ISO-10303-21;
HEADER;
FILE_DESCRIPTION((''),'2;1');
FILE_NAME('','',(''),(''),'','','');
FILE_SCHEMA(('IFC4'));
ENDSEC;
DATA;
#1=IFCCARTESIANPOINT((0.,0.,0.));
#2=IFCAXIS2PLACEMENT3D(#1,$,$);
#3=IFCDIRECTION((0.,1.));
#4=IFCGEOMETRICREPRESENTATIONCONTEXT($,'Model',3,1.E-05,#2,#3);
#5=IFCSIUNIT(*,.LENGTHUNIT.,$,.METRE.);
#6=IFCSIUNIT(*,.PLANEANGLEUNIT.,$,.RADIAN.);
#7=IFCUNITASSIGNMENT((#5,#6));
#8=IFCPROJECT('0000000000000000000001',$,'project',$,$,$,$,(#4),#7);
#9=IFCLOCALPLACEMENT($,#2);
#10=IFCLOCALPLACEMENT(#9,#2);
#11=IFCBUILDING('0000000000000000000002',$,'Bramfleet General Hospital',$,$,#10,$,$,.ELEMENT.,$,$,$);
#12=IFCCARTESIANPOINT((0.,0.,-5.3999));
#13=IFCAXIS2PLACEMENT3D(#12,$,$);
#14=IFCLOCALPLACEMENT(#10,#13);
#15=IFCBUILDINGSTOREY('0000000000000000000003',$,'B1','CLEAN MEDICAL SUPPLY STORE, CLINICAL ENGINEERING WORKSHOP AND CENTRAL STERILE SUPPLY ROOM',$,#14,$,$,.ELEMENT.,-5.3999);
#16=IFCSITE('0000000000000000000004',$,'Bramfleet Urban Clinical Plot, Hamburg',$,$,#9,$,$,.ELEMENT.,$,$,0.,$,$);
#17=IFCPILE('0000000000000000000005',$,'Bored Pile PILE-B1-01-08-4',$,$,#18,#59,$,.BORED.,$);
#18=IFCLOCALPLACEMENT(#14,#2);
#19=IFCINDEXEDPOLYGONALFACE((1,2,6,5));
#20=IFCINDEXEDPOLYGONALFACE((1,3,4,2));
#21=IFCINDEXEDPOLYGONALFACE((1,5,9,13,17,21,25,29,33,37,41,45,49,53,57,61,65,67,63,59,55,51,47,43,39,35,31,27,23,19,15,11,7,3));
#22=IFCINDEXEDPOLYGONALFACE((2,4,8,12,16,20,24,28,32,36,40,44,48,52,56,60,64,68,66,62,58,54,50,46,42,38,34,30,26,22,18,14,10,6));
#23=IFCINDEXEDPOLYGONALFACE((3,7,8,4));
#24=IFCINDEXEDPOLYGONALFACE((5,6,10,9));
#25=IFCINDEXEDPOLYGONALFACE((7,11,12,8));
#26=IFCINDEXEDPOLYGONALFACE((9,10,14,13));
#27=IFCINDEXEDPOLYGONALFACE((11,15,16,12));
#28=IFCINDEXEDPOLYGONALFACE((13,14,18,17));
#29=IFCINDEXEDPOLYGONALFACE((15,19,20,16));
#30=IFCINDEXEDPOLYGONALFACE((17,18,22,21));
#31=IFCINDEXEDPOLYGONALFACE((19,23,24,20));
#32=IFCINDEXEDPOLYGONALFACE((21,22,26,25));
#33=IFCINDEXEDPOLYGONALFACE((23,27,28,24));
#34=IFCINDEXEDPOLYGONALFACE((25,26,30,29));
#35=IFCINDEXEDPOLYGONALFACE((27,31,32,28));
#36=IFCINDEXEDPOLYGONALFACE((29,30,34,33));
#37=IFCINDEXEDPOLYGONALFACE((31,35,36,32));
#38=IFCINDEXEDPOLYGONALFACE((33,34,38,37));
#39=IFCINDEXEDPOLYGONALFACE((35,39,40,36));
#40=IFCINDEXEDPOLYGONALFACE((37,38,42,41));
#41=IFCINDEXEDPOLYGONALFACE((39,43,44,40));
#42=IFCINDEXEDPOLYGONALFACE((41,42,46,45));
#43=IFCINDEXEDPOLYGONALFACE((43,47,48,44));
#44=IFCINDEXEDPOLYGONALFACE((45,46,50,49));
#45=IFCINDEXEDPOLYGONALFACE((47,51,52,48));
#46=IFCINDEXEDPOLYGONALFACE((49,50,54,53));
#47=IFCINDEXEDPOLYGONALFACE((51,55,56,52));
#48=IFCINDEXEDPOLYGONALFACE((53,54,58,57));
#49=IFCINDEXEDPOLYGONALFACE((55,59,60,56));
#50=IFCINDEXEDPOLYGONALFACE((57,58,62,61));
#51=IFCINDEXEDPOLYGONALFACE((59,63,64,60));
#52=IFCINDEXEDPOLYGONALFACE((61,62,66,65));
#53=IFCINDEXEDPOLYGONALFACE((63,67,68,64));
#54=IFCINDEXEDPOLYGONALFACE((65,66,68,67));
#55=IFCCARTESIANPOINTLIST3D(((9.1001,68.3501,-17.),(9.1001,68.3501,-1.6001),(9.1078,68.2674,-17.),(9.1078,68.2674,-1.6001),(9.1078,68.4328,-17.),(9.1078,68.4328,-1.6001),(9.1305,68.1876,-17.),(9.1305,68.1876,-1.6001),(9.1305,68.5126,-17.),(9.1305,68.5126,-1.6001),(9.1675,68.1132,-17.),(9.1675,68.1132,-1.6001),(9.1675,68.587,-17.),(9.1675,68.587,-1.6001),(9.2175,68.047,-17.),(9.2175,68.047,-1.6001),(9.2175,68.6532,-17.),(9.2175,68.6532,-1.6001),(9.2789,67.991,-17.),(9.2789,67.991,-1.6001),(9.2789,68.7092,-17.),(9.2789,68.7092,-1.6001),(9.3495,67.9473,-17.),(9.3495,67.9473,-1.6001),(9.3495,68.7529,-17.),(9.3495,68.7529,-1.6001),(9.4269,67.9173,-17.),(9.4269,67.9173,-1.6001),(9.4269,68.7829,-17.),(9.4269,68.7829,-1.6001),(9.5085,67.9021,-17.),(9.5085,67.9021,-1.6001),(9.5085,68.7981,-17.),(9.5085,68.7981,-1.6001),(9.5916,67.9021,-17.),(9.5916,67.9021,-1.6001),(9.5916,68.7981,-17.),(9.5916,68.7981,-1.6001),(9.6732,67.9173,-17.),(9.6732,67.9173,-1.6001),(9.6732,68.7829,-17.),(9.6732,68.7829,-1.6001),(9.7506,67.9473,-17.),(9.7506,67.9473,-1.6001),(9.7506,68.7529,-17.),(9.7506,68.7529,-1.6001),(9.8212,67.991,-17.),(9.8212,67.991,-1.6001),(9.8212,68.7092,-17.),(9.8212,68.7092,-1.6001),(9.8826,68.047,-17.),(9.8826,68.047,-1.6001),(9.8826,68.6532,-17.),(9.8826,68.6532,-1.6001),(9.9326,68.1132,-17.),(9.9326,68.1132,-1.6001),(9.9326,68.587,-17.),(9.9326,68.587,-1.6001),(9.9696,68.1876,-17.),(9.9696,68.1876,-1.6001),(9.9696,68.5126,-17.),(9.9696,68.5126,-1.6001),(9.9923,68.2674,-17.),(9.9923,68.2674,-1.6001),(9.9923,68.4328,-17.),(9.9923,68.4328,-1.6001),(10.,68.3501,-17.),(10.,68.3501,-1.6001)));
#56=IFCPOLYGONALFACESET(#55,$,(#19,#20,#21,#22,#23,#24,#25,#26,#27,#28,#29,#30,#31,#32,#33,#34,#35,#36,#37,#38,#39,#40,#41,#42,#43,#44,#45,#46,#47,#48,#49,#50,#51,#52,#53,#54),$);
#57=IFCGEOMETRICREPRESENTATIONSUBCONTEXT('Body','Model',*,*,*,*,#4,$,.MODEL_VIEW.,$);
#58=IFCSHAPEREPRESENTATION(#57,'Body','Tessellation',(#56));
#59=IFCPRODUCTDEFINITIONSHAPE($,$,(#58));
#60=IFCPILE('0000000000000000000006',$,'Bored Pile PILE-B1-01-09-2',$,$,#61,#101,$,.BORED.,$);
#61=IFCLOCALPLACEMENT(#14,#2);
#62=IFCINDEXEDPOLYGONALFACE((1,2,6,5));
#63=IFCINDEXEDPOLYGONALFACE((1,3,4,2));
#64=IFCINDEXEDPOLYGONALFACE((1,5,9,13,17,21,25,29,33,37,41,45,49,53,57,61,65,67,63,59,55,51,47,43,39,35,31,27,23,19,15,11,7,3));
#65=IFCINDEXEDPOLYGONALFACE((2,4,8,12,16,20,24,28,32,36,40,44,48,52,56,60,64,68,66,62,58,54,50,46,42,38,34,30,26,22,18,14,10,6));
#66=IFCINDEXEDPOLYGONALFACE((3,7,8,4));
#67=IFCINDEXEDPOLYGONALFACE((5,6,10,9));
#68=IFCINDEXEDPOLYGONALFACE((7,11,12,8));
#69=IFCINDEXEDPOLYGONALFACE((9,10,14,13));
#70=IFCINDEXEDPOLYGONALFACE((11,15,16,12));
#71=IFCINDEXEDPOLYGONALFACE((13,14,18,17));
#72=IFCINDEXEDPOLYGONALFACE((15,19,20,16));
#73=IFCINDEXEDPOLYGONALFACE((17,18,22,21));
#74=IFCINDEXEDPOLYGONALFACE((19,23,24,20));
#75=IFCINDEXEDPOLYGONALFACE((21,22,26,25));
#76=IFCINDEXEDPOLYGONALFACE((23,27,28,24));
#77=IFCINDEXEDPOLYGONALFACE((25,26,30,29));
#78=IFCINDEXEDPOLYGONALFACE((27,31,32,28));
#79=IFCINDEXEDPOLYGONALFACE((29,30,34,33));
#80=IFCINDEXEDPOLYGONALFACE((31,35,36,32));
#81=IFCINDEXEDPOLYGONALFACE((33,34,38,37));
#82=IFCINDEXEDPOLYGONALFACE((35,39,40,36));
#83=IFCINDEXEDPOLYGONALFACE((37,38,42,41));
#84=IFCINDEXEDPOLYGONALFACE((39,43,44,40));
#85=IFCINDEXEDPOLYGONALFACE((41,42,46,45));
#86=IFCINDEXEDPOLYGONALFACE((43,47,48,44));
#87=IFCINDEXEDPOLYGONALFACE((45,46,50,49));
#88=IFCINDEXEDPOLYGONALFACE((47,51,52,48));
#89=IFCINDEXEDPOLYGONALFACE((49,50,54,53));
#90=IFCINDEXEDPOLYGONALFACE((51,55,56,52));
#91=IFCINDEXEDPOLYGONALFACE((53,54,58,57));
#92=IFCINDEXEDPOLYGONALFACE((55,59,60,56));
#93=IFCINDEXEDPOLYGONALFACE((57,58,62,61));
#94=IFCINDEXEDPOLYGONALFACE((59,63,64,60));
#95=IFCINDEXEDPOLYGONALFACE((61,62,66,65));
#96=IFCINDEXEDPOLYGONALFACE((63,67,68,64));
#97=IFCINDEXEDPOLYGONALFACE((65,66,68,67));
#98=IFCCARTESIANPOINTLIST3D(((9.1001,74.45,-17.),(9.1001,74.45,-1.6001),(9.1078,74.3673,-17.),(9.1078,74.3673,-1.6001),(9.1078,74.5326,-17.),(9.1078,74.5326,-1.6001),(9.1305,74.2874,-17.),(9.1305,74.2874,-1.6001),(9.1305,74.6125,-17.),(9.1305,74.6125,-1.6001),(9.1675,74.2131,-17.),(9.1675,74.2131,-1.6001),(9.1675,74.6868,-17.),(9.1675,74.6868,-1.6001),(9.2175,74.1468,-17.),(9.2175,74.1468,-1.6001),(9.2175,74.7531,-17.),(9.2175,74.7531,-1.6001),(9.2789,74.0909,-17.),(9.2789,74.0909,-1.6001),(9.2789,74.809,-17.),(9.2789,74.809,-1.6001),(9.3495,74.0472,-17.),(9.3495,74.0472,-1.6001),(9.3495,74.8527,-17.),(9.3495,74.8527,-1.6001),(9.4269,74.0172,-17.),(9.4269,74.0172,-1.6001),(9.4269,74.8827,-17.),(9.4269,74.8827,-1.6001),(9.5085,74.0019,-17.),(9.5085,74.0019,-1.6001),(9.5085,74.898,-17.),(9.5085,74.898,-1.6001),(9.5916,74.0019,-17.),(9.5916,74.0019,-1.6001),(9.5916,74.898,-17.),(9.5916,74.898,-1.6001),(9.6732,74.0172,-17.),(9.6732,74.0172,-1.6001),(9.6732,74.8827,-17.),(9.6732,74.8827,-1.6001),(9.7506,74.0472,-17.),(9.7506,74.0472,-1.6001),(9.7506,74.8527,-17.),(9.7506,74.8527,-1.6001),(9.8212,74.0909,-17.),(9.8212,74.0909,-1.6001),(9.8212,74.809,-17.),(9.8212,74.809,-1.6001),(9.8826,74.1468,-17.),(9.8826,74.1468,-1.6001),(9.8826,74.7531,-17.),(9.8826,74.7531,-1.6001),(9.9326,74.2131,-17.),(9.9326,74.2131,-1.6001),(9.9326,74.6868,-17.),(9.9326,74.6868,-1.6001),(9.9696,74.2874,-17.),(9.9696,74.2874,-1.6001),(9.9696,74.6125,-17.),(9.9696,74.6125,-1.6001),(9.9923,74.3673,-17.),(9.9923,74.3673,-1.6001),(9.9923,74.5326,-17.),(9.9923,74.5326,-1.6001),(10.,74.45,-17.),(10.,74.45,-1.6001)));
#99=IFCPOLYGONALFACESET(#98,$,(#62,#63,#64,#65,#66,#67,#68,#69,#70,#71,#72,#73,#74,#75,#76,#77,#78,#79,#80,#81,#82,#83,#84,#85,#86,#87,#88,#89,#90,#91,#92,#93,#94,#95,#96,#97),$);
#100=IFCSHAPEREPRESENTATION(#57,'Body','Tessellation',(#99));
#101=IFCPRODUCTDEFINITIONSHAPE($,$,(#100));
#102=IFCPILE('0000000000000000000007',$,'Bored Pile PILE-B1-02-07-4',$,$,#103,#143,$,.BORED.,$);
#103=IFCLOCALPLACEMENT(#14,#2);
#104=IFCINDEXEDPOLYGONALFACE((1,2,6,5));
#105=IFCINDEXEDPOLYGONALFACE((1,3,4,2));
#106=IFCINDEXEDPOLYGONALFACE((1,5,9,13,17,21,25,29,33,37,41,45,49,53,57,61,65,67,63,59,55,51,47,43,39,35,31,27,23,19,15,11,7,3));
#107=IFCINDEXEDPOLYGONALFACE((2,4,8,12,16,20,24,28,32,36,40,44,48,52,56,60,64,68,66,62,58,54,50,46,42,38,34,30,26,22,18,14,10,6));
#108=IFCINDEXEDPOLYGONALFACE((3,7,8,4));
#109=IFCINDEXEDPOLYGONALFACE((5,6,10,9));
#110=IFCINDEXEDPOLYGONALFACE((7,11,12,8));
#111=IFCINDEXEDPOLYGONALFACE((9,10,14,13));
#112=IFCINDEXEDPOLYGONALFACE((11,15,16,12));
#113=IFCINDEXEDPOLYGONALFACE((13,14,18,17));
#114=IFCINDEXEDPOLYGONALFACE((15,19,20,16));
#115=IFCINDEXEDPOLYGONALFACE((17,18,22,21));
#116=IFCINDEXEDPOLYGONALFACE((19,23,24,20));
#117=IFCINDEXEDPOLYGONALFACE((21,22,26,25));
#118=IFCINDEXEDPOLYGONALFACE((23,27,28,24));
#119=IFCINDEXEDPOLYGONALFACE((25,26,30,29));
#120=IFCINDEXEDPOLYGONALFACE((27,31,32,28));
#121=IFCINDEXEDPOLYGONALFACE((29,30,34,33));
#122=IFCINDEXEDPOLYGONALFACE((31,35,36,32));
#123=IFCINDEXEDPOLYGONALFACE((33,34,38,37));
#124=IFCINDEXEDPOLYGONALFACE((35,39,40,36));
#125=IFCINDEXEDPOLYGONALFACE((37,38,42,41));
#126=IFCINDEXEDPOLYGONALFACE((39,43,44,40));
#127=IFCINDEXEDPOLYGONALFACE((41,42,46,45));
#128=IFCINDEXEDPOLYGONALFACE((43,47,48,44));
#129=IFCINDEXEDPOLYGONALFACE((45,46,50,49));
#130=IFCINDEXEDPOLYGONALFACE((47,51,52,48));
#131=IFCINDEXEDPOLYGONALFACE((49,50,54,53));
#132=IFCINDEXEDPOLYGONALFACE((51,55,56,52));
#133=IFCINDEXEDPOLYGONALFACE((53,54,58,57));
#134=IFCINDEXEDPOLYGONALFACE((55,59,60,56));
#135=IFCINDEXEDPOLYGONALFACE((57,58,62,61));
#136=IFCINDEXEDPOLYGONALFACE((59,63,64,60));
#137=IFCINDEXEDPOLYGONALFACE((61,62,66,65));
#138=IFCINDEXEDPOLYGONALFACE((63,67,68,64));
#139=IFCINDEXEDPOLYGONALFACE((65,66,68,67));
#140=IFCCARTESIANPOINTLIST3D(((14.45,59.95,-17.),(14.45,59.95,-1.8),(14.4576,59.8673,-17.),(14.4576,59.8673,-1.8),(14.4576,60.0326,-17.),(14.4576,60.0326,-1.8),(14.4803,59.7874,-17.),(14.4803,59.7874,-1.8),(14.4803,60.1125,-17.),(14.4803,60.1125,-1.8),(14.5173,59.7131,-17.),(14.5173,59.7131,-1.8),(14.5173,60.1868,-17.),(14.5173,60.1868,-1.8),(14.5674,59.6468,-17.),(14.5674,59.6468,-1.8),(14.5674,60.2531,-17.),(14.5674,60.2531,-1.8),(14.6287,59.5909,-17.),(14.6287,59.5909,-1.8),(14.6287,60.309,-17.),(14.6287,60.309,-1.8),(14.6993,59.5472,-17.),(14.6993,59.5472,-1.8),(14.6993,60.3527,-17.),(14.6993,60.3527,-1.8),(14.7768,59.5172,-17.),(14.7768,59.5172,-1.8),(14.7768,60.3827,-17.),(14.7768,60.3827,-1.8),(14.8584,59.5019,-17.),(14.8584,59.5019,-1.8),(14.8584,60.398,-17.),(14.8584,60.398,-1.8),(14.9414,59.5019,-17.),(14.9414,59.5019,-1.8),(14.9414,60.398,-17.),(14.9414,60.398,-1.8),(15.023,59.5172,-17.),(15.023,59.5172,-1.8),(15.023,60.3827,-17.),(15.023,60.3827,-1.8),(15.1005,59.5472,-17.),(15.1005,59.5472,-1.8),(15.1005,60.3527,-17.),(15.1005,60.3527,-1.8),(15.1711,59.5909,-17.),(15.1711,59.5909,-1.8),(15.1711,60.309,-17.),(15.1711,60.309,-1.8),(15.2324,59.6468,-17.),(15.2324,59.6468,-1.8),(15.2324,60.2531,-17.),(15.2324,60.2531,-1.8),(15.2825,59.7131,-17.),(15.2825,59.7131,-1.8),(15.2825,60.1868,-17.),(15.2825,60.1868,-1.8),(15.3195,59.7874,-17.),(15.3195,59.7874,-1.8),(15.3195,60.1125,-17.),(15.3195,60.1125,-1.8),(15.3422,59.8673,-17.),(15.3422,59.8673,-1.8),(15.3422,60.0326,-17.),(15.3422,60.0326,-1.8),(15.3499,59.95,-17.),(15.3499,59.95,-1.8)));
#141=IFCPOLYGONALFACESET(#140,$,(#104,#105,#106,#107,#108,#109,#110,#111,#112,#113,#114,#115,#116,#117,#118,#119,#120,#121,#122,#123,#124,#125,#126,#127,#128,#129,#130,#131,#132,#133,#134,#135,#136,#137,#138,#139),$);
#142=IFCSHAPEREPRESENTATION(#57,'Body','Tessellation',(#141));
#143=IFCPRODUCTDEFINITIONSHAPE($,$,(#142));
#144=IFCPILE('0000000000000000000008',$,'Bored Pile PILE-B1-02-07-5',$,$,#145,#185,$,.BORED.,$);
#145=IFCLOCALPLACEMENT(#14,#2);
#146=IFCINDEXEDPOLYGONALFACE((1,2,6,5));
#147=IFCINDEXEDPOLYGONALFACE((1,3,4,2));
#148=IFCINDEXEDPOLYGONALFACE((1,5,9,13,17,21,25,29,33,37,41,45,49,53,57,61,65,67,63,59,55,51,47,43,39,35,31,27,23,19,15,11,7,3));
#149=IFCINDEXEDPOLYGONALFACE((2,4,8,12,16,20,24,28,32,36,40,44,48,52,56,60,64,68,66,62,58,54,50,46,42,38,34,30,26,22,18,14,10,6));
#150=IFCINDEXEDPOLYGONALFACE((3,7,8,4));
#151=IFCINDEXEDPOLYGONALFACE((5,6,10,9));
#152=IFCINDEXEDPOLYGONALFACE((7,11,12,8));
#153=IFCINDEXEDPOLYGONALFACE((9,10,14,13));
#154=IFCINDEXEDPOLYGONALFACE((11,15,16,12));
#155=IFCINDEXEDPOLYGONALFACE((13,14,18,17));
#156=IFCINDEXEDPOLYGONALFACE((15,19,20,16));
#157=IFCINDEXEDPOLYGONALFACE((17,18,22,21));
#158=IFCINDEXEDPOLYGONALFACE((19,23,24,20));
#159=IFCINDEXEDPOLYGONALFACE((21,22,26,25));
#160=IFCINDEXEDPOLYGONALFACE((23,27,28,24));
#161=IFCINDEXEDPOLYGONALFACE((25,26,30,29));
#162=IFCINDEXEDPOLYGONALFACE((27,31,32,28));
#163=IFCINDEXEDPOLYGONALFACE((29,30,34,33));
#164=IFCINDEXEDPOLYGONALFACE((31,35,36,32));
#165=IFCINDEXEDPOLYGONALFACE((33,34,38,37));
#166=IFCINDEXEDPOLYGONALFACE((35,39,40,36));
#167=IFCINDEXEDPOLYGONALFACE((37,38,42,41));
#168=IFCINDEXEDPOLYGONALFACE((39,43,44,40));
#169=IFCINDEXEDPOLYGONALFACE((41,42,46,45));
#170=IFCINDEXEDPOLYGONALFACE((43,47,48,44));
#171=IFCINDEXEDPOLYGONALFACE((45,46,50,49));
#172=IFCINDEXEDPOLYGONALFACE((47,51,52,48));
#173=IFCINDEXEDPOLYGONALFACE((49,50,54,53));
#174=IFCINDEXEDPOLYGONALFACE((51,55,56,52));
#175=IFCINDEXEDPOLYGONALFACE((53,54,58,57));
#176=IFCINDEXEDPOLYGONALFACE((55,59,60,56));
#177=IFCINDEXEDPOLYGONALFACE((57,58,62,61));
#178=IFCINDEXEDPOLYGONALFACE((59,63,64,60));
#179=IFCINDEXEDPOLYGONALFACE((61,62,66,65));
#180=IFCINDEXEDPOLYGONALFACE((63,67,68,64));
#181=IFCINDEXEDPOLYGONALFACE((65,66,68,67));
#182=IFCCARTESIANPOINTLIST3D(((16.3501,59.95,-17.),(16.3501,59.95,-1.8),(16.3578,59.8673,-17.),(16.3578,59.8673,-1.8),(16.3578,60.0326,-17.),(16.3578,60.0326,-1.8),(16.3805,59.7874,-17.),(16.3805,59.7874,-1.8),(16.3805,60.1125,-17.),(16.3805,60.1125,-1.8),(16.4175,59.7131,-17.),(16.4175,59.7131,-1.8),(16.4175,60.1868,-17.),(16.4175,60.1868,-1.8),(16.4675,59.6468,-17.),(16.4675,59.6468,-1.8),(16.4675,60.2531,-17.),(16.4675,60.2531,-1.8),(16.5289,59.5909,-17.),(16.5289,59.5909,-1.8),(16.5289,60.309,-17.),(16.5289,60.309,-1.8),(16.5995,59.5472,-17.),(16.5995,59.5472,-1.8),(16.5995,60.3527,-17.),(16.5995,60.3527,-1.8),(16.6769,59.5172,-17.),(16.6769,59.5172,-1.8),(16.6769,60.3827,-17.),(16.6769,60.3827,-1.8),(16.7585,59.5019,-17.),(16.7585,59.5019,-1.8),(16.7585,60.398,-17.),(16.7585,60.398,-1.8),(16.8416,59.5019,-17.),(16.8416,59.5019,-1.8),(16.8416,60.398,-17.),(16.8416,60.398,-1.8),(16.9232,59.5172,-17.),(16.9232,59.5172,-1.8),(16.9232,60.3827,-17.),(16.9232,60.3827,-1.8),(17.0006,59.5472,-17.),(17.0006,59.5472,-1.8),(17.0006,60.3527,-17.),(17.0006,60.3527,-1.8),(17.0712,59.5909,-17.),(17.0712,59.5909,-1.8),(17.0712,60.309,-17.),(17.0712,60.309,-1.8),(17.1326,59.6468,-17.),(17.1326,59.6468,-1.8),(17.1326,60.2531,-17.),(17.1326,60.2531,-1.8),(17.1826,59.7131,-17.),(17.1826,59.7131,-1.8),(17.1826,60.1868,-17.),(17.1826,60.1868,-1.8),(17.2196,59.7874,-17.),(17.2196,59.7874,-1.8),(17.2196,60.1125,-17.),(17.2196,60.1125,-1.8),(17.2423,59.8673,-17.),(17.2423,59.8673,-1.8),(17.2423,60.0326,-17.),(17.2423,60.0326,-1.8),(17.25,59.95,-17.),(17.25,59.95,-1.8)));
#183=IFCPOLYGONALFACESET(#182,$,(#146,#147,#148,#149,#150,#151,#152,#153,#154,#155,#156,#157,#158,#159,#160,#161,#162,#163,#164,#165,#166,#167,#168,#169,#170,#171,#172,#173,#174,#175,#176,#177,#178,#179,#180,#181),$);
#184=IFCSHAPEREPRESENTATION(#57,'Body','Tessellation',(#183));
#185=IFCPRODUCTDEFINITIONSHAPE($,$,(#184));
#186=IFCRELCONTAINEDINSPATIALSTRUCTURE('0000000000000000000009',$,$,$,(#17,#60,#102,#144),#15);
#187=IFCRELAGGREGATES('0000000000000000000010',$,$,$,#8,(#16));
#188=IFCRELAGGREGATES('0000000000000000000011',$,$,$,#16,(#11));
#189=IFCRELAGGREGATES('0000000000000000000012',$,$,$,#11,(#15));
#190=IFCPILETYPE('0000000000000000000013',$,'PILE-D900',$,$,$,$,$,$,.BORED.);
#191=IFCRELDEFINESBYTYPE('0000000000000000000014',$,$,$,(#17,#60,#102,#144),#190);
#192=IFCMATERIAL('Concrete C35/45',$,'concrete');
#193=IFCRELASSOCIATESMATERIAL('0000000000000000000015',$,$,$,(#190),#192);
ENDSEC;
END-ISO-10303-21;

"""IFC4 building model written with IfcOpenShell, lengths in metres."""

from ifc_helpers import new_model, si_unit, direction, frame, origin, origin_2d, place, context, subcontext, project, spatial, circle, extrude, material, material_profile, profile_set, type_object, element, save


model = new_model("IFC4")

# Units and contexts
model_context = context("Model", 3, precision=1e-05, world=origin(), true_north=direction((0.0, 1.0)))
body_context = subcontext(model_context, "Body", "Model", "MODEL_VIEW")
ifc_project = project(units=[si_unit("LENGTHUNIT", "METRE"), si_unit("PLANEANGLEUNIT", "RADIAN")], contexts=[model_context])

# Site, building, storey
site_placement = place(None, origin())
site = spatial("IfcSite", under=ifc_project, at=site_placement, Name="Bramfleet Urban Clinical Plot, Hamburg", CompositionType="ELEMENT", RefElevation=0.0)
building_placement = place(site_placement, origin())
building = spatial("IfcBuilding", under=site, at=building_placement, Name="Bramfleet General Hospital", CompositionType="ELEMENT")
storey_placement = place(building_placement, frame((0.0, 0.0, -5.3999)))
storey = spatial("IfcBuildingStorey", under=building, at=storey_placement, Name="B1", Description="CLEAN MEDICAL SUPPLY STORE, CLINICAL ENGINEERING WORKSHOP AND CENTRAL STERILE SUPPLY ROOM", CompositionType="ELEMENT", Elevation=-5.3999)

# Shared definitions
ifc_material_1 = material(Name="Concrete C35/45", Category="concrete")

# Piles
ifc_material_profile_1 = material_profile(ifc_material_1, circle(Radius=0.45, at=origin_2d()), Name="PILE BORED D900")
ifc_profile_set_1 = profile_set([ifc_material_profile_1], Name="Concrete C35/45")
pile_type = type_object("IfcPileType", Name="PILE-D900", PredefinedType="BORED", material=ifc_profile_set_1)
for number, where, z_axis, x_axis, name in (
    (1, (9.55, 68.3501, -1.6001), (0.0, 0.0, -1.0), (1.0, 0.0, 0.0), "Bored Pile PILE-B1-01-08-4"),
    (2, (9.55, 74.45, -1.6001), (0.0, 0.0, -1.0), (1.0, 0.0, 0.0), "Bored Pile PILE-B1-01-09-2"),
):
    element("IfcPile", number, at=place(storey_placement, frame(where, z_axis=z_axis, x_axis=x_axis)), inside=storey, type_object=pile_type, Name=name, PredefinedType="BORED", context=body_context, shape_type="SweptSolid", body=[
        extrude(circle(Radius=0.45, at=origin_2d()), origin(), (0.0, 0.0, 1.0), 15.3999),
    ])
for number, where, z_axis, x_axis, name in (
    (3, (14.8999, 59.95, -1.8), (0.0, 0.0, -1.0), (1.0, 0.0, 0.0), "Bored Pile PILE-B1-02-07-4"),
    (4, (16.8, 59.95, -1.8), (0.0, 0.0, -1.0), (1.0, 0.0, 0.0), "Bored Pile PILE-B1-02-07-5"),
):
    element("IfcPile", number, at=place(storey_placement, frame(where, z_axis=z_axis, x_axis=x_axis)), inside=storey, type_object=pile_type, Name=name, PredefinedType="BORED", context=body_context, shape_type="SweptSolid", body=[
        extrude(circle(Radius=0.45, at=origin_2d()), origin(), (0.0, 0.0, 1.0), 15.2),
    ])

save(model, "model.ifc")
